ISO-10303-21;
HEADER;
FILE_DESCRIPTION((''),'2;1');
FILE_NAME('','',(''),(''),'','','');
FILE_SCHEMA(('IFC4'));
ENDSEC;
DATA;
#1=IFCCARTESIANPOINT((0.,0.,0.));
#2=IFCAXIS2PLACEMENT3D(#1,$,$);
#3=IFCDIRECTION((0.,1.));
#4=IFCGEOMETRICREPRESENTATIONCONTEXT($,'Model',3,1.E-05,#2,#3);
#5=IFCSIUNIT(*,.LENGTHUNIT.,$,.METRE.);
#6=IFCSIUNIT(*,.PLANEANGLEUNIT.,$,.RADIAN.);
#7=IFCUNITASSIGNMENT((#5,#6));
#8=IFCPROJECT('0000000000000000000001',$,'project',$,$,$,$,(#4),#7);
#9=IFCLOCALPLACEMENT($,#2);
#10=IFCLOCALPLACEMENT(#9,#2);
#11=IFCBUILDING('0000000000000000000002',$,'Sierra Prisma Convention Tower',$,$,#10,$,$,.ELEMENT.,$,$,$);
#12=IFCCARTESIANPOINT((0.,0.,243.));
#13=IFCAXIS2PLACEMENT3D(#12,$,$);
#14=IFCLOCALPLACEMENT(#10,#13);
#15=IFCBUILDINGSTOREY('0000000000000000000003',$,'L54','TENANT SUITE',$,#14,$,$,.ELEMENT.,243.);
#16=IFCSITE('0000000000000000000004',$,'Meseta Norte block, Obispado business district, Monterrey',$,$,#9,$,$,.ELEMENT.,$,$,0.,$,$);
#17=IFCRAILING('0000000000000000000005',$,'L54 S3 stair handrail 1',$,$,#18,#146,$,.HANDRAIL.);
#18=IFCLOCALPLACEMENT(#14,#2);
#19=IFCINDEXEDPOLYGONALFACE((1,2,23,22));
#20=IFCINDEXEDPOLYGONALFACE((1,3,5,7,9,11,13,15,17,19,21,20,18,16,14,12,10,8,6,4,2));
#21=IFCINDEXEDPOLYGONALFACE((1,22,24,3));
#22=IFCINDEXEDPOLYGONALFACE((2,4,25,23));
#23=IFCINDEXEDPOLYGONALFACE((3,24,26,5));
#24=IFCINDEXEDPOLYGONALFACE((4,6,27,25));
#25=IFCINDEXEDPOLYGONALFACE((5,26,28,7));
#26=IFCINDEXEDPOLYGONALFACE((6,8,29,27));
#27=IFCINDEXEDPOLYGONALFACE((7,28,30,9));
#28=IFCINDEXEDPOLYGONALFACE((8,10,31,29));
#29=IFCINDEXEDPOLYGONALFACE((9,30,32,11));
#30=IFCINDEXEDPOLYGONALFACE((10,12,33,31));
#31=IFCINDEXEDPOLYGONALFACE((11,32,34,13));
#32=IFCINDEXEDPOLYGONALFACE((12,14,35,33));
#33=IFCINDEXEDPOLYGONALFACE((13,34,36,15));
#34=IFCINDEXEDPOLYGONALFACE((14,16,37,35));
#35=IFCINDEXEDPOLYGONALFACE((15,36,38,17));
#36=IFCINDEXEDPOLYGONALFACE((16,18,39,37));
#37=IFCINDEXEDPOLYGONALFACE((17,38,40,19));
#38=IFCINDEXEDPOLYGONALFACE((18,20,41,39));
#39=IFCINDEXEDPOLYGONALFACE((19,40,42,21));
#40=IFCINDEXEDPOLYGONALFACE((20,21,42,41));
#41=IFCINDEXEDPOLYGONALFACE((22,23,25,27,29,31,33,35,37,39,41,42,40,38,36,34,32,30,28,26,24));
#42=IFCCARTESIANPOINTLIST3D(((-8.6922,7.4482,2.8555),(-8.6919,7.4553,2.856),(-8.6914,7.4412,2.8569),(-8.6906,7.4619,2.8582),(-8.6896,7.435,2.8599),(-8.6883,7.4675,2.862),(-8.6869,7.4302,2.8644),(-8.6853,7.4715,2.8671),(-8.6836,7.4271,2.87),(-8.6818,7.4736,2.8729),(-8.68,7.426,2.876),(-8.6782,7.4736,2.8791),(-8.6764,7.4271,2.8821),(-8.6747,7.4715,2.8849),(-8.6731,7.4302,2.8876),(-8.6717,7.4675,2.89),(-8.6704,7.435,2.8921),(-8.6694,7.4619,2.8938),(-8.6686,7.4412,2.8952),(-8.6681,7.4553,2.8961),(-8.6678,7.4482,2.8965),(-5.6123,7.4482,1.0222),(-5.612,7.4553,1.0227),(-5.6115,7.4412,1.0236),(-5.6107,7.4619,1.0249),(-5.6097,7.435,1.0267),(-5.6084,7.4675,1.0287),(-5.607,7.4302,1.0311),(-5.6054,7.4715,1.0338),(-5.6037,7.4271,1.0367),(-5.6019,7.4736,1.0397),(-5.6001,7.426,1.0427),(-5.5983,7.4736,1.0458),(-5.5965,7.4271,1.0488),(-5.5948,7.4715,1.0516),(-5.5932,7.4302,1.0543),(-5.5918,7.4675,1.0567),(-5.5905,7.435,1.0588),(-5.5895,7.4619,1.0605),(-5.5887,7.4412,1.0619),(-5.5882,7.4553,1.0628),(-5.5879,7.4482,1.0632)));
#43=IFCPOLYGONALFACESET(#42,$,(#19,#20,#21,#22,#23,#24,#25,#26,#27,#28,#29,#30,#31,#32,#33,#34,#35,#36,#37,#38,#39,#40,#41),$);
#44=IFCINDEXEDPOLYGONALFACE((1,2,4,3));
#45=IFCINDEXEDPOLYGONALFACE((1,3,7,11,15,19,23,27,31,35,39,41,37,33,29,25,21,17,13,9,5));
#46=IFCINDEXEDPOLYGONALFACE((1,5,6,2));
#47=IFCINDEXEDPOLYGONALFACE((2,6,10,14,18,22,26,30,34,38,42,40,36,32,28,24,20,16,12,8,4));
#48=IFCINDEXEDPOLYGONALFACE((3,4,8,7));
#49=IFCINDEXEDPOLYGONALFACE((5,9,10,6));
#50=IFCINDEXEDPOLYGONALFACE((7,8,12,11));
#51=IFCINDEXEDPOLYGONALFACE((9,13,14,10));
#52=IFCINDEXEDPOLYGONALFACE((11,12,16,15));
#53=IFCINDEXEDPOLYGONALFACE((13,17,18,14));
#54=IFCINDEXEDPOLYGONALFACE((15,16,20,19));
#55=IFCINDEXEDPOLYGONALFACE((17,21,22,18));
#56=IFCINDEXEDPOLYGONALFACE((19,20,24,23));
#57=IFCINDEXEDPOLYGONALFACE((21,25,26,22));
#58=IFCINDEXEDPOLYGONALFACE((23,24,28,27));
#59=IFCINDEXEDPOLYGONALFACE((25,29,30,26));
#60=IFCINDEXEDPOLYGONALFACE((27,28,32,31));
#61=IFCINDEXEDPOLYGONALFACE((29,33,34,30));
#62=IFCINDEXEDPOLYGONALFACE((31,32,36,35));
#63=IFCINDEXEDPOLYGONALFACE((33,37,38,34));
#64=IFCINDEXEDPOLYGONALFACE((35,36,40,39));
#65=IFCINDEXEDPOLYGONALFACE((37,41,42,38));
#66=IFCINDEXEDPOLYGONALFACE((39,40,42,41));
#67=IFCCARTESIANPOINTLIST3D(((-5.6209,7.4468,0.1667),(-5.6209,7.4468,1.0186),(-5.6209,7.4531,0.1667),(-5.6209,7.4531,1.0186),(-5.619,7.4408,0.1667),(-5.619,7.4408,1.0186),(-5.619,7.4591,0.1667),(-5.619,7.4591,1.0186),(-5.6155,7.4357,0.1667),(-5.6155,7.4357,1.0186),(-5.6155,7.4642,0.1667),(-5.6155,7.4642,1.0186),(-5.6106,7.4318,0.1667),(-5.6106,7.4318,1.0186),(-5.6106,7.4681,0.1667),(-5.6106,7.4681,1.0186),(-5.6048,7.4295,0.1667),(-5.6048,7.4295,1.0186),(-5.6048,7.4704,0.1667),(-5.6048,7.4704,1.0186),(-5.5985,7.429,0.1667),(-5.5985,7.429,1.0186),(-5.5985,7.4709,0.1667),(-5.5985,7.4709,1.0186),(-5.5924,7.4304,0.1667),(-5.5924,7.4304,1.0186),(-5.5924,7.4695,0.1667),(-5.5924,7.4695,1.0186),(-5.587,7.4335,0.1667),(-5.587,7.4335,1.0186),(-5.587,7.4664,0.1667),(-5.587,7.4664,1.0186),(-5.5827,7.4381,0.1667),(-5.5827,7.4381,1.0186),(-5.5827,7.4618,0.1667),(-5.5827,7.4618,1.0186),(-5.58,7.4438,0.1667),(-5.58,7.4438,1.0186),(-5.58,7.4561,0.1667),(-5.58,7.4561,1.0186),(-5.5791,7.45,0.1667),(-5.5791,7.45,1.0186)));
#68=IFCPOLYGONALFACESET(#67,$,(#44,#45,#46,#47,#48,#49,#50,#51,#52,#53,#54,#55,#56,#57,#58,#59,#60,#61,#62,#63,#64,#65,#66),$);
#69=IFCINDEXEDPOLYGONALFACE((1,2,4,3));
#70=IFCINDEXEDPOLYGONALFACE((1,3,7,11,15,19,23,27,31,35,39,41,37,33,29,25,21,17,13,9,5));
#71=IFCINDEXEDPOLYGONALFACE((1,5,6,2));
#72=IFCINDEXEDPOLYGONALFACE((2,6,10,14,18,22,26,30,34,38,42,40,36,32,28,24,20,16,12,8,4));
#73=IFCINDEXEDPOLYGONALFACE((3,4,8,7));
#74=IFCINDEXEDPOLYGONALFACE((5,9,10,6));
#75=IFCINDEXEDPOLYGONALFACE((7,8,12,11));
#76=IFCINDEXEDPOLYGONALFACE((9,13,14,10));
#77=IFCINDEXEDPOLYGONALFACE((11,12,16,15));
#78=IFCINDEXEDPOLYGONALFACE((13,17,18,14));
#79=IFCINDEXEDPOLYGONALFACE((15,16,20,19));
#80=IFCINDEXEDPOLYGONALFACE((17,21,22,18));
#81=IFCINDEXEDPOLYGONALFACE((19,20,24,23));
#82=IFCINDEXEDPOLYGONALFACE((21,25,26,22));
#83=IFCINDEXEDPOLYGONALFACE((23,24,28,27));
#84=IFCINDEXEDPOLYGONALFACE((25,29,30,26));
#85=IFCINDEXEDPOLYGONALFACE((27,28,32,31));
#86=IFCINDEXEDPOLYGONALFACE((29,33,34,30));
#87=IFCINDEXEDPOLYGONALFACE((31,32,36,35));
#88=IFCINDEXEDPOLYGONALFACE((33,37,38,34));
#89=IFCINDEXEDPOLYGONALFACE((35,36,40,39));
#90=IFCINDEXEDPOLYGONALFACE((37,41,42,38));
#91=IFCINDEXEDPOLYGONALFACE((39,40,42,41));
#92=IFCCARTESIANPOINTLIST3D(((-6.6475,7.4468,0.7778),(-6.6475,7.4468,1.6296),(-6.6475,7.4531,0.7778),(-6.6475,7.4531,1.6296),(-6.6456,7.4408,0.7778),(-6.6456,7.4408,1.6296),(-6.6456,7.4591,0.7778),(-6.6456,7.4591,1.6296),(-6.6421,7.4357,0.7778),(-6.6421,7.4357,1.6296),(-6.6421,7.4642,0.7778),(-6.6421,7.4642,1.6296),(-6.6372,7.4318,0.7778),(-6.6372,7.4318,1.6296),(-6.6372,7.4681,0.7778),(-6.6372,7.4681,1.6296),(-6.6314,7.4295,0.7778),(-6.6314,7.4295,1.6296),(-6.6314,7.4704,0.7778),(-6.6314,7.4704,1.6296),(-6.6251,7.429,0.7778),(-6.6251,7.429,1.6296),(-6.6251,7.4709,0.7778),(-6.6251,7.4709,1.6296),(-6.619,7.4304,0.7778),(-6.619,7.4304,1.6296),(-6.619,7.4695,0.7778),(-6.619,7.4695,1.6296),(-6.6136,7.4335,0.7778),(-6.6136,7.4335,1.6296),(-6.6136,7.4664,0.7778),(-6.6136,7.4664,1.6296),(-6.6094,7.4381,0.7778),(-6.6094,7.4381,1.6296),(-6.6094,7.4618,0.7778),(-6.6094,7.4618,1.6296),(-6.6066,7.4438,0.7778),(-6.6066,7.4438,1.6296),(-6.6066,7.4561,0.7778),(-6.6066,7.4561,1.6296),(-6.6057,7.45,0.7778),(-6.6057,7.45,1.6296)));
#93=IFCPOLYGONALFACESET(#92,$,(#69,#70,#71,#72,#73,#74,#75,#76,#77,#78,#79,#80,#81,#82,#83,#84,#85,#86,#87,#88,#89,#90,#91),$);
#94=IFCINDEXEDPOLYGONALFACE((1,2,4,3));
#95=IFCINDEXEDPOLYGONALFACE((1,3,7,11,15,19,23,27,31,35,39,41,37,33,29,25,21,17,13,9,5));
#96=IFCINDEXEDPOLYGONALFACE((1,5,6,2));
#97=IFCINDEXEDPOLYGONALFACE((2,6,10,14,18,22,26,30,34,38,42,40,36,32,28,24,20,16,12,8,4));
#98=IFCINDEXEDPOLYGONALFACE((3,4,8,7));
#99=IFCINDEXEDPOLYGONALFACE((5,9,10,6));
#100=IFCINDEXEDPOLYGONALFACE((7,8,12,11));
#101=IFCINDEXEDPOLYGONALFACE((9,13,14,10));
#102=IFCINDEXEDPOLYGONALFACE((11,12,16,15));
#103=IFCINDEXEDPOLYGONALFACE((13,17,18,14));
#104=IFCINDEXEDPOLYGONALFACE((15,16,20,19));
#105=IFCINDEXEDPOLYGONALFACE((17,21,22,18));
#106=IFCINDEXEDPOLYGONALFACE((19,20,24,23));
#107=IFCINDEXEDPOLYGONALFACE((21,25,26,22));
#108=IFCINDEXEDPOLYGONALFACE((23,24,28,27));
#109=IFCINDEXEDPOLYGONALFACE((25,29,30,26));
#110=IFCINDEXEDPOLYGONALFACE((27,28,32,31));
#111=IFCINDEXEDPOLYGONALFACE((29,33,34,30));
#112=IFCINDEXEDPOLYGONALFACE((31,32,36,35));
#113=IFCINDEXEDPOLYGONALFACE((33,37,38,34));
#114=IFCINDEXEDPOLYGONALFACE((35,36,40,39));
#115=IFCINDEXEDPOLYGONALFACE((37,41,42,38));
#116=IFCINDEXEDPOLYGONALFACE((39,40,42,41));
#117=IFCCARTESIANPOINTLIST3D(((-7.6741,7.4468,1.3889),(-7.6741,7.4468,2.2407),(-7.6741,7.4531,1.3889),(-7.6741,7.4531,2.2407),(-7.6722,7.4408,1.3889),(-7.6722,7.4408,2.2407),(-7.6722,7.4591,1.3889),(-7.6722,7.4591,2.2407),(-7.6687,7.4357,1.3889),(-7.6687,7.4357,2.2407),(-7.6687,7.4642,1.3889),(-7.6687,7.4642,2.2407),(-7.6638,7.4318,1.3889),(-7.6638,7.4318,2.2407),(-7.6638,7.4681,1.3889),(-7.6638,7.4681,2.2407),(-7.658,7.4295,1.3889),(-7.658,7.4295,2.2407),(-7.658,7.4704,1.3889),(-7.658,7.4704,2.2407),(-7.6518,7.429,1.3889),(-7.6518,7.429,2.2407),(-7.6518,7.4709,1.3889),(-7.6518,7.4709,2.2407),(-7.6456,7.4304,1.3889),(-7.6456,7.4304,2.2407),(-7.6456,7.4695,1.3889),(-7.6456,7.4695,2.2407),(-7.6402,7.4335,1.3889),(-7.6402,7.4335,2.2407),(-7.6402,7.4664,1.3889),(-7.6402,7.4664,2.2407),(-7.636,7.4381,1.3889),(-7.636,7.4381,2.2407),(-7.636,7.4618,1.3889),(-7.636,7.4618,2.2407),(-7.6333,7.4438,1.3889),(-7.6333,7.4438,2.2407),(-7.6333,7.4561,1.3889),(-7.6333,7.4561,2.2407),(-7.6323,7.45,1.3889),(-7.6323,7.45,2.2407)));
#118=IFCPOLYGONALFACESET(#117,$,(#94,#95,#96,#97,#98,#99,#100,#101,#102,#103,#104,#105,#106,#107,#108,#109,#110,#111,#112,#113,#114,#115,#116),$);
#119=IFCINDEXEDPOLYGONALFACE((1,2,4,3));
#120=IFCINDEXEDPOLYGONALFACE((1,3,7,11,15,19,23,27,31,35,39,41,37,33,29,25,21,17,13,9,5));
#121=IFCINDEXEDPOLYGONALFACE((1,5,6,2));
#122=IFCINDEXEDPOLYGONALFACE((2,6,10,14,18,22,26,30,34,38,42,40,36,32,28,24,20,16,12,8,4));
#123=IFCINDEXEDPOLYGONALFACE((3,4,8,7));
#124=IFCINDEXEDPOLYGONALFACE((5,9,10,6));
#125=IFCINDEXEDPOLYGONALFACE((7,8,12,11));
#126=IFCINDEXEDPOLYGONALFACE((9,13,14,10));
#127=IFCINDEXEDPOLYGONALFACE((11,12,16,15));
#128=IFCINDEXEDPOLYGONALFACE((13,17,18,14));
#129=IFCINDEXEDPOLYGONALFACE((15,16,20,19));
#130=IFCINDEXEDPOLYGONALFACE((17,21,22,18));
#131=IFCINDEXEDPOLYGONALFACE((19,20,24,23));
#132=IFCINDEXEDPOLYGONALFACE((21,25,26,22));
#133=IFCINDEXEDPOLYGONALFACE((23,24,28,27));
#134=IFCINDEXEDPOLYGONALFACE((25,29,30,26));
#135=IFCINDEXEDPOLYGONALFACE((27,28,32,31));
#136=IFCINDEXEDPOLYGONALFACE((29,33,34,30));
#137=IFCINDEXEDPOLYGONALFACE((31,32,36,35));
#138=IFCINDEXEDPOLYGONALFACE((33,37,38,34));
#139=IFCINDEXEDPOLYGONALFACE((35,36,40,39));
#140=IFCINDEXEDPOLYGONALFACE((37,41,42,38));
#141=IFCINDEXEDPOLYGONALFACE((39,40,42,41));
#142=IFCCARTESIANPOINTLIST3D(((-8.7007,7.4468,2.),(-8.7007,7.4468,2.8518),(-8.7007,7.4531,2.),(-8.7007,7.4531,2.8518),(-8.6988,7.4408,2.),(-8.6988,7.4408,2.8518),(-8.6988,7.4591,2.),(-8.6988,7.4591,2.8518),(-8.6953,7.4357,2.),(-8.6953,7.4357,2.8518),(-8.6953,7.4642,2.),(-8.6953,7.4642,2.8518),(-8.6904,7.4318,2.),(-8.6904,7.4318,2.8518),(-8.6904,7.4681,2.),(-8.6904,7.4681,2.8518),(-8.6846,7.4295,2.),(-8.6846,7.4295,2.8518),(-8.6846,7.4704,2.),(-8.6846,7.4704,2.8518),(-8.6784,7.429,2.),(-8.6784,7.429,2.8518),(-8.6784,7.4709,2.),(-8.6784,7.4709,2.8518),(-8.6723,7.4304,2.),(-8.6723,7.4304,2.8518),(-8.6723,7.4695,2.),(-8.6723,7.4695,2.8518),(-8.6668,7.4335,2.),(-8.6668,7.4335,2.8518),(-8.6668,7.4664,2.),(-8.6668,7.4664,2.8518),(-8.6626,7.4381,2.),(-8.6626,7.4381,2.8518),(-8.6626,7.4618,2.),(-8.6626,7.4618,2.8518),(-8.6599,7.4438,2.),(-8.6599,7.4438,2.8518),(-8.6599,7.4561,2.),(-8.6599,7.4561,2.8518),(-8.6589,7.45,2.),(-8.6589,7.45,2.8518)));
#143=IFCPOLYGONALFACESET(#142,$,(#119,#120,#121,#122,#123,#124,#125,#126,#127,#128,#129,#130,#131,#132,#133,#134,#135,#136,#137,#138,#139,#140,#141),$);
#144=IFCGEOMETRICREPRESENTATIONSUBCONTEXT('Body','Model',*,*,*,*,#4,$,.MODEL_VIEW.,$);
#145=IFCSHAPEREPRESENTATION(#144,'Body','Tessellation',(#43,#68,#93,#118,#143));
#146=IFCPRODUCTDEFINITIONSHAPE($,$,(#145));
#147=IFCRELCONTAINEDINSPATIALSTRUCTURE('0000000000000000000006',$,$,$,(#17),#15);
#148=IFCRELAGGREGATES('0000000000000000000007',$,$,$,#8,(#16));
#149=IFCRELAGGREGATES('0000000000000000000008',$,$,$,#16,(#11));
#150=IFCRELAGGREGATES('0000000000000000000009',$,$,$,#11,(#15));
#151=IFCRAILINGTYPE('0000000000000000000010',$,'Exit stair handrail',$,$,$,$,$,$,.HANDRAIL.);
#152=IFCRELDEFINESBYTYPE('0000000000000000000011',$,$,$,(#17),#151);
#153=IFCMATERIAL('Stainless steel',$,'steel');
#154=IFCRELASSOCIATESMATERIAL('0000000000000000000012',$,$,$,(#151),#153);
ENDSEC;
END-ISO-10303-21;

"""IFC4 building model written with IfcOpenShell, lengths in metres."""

from ifc_helpers import new_model, si_unit, direction, frame, origin, origin_2d, place, context, subcontext, project, spatial, circle, extrude, material, type_object, element, save


model = new_model("IFC4")

# Units and contexts
model_context = context("Model", 3, precision=1e-05, world=origin(), true_north=direction((0.0, 1.0)))
body_context = subcontext(model_context, "Body", "Model", "MODEL_VIEW")
ifc_project = project(units=[si_unit("LENGTHUNIT", "METRE"), si_unit("PLANEANGLEUNIT", "RADIAN")], contexts=[model_context])

# Site, building, storey
site_placement = place(None, origin())
site = spatial("IfcSite", under=ifc_project, at=site_placement, Name="Meseta Norte block, Obispado business district, Monterrey", CompositionType="ELEMENT", RefElevation=0.0)
building_placement = place(site_placement, origin())
building = spatial("IfcBuilding", under=site, at=building_placement, Name="Sierra Prisma Convention Tower", CompositionType="ELEMENT")
storey_placement = place(building_placement, frame((0.0, 0.0, 243.0)))
storey = spatial("IfcBuildingStorey", under=building, at=storey_placement, Name="L54", Description="TENANT SUITE", CompositionType="ELEMENT", Elevation=243.0)

# Railing
ifc_material_1 = material(Name="Stainless steel", Category="steel")
railing_type_1 = type_object("IfcRailingType", Name="Exit stair handrail", PredefinedType="HANDRAIL", material=ifc_material_1)
railing_1_placement = place(storey_placement, frame((-5.6001, 7.45, 0.1667)))
element("IfcRailing", 1, at=railing_1_placement, inside=storey, type_object=railing_type_1, Name="L54 S3 stair handrail 1", PredefinedType="HANDRAIL", context=body_context, shape_type="SweptSolid", body=[
    extrude(circle(Radius=0.0239, at=origin_2d()), frame((0.0, 0.0, 0.876), z_axis=(-0.859291, 0.0, 0.511487), x_axis=(0.0, -1.0, 0.0)), (0.0, 0.0, 1.0), 3.5842),
    extrude(circle(Radius=0.021, at=origin_2d()), origin(), (0.0, 0.0, 1.0), 0.8518),
    extrude(circle(Radius=0.021, at=origin_2d()), frame((-1.0266, 0.0, 0.6111)), (0.0, 0.0, 1.0), 0.8518),
    extrude(circle(Radius=0.021, at=origin_2d()), frame((-2.0532, 0.0, 1.2222)), (0.0, 0.0, 1.0), 0.8518),
    extrude(circle(Radius=0.021, at=origin_2d()), frame((-3.0798, 0.0, 1.8333)), (0.0, 0.0, 1.0), 0.8518),
])

save(model, "model.ifc")
